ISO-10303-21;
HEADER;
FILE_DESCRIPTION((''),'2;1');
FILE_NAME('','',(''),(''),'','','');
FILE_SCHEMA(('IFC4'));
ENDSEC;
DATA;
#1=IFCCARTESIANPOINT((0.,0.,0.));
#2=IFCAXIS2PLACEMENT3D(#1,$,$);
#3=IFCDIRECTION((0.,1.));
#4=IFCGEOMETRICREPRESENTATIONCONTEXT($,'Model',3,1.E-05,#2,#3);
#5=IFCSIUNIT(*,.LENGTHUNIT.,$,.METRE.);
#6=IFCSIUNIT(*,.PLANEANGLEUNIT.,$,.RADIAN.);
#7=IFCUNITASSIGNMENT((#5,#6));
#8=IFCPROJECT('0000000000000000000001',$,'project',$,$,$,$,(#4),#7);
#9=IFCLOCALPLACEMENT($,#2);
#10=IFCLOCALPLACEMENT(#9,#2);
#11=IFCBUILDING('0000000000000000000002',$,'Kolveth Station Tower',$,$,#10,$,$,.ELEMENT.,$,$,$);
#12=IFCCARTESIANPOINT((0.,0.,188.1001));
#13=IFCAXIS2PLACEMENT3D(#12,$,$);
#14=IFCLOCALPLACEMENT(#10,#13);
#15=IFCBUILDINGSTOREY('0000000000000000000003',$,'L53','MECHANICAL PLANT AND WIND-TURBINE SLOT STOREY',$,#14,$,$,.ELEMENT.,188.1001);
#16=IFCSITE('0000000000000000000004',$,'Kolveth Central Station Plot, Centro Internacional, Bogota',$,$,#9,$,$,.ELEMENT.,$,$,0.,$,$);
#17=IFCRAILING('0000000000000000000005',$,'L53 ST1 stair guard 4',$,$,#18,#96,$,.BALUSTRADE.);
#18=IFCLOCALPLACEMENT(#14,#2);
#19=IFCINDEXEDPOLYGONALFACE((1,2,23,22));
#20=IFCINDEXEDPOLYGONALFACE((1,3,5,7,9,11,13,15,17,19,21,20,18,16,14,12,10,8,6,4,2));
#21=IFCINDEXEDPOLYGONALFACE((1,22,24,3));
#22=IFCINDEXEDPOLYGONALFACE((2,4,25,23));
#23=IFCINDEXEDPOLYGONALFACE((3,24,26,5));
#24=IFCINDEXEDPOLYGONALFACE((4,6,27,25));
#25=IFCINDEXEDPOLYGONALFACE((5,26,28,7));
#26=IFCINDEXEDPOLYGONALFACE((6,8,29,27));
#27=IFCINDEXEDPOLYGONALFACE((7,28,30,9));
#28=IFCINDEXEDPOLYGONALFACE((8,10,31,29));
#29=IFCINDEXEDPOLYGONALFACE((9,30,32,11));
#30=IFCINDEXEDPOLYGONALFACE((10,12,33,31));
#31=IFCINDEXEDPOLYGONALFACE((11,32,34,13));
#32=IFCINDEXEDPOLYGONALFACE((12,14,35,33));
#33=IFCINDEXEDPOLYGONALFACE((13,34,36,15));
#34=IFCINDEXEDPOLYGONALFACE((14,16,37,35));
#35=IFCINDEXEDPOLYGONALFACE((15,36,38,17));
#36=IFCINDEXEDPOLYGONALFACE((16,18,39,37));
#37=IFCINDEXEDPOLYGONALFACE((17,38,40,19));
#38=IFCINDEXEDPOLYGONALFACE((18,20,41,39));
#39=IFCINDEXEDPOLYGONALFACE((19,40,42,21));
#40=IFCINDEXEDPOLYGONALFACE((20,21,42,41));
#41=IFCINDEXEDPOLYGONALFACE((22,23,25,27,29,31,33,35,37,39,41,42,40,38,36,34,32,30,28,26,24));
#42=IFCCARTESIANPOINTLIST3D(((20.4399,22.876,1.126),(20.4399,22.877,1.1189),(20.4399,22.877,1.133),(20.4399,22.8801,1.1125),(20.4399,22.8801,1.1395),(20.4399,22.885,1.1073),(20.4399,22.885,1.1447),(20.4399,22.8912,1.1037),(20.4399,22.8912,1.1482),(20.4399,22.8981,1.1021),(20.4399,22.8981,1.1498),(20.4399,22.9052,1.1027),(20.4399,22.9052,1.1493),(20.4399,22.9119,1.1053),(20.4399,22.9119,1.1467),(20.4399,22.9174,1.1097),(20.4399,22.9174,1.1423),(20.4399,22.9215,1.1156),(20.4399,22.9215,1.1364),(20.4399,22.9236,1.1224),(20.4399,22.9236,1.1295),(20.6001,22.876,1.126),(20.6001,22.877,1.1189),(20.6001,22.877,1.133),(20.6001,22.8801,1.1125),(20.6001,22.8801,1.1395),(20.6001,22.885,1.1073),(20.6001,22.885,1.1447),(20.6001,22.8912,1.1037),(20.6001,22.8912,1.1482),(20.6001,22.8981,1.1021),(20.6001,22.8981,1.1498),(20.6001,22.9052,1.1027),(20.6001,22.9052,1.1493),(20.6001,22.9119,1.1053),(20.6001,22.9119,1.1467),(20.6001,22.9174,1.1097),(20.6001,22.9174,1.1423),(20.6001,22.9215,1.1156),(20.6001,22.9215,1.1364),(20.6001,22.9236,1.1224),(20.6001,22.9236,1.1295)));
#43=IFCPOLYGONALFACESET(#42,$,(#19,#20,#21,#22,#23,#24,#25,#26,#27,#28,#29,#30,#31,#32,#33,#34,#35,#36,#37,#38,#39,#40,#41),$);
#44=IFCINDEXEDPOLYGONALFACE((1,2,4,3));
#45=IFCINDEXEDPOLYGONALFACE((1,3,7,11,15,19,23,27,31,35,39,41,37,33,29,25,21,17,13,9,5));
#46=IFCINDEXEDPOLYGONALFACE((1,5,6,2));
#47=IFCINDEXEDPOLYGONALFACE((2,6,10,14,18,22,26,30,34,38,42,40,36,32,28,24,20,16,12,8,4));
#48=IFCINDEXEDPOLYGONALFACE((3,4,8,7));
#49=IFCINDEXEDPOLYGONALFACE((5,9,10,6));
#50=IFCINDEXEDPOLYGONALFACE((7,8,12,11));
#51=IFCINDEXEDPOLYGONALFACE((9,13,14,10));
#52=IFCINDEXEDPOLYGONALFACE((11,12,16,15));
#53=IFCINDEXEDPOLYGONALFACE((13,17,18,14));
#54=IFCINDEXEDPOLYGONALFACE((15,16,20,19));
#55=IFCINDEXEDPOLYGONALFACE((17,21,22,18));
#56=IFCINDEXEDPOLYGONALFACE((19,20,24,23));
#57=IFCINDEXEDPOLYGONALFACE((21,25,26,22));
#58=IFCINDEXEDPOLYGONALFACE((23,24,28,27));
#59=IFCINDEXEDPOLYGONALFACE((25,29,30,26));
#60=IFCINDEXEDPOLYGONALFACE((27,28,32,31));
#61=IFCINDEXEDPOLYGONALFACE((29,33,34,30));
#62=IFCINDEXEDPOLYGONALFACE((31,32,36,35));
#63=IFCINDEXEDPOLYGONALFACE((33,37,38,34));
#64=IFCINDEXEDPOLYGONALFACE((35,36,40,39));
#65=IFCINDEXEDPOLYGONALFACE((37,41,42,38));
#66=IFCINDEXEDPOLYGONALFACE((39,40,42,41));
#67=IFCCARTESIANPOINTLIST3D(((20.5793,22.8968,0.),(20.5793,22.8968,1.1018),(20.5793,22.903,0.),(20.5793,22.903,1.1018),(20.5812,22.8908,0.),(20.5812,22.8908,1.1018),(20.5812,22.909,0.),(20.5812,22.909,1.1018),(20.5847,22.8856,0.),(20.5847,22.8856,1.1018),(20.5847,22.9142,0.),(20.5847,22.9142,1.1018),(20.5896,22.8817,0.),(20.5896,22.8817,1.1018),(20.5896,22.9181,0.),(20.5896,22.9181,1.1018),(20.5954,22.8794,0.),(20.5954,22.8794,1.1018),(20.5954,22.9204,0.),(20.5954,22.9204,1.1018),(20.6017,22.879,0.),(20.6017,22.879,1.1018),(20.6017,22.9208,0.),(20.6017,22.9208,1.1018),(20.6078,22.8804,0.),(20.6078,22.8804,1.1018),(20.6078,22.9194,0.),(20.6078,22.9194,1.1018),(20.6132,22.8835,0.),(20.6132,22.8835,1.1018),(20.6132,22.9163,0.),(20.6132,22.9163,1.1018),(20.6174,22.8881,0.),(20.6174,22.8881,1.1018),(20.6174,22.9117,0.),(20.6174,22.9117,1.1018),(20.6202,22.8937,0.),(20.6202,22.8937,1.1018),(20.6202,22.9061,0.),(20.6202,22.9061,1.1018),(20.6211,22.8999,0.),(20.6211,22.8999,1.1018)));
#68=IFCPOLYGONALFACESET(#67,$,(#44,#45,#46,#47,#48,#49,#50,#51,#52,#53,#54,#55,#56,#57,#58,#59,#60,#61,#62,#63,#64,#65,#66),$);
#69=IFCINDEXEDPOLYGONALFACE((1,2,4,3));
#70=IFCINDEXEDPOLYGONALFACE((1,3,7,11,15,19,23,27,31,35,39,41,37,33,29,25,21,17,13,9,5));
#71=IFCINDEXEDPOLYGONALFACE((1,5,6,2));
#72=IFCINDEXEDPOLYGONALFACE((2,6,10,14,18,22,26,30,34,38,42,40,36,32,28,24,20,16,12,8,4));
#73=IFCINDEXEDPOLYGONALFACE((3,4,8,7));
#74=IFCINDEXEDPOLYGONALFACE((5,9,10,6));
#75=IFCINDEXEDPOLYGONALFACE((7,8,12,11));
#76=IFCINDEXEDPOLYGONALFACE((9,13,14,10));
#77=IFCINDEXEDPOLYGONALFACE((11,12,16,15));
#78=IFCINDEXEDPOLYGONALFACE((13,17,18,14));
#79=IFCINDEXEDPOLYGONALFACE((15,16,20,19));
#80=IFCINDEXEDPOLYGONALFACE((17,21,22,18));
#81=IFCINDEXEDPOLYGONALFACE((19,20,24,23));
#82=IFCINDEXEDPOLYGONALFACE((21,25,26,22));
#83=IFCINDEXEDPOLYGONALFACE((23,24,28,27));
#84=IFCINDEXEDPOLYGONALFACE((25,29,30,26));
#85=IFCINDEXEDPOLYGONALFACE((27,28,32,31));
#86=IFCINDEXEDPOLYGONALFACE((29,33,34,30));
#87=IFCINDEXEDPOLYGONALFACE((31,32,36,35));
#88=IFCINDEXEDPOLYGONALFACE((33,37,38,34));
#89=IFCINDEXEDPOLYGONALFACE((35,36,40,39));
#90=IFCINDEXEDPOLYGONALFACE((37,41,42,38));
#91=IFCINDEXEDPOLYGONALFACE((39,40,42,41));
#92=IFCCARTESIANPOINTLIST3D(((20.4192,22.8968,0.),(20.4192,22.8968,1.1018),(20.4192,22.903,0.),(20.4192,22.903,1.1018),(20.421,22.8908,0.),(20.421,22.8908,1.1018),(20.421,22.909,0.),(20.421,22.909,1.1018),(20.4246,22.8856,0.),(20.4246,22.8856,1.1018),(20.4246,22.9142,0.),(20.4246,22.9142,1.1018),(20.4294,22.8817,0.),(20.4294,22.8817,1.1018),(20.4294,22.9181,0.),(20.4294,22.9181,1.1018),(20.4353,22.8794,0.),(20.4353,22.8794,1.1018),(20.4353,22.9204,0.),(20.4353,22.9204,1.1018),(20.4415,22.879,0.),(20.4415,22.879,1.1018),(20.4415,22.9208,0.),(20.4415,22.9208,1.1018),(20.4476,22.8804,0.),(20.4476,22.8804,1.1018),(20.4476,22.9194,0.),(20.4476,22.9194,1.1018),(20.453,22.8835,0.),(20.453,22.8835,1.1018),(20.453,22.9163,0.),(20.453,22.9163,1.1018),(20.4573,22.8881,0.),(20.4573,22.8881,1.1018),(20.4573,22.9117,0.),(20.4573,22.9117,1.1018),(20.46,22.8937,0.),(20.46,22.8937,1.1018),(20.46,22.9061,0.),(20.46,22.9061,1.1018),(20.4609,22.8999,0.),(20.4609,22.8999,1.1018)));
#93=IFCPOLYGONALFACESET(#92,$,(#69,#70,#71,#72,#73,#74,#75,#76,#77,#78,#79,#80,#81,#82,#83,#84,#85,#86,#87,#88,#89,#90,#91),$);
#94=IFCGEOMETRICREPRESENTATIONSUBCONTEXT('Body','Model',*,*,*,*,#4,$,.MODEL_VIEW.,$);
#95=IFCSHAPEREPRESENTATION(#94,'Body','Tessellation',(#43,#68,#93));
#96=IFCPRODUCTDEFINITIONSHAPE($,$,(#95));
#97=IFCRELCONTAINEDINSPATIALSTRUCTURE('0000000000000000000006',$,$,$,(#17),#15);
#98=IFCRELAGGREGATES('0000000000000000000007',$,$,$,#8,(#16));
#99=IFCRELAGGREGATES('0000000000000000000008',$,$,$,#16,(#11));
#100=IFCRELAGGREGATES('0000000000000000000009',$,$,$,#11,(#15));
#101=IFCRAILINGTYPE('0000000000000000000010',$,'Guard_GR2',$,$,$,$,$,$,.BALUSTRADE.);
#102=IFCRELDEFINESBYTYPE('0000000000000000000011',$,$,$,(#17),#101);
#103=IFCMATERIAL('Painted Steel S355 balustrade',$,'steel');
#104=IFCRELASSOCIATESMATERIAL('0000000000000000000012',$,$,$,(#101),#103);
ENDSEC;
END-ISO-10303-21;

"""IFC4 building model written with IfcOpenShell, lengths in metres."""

from ifc_helpers import new_model, si_unit, direction, frame, origin, origin_2d, place, context, subcontext, project, spatial, circle, extrude, material, type_object, element, save


model = new_model("IFC4")

# Units and contexts
model_context = context("Model", 3, precision=1e-05, world=origin(), true_north=direction((0.0, 1.0)))
body_context = subcontext(model_context, "Body", "Model", "MODEL_VIEW")
ifc_project = project(units=[si_unit("LENGTHUNIT", "METRE"), si_unit("PLANEANGLEUNIT", "RADIAN")], contexts=[model_context])

# Site, building, storey
site_placement = place(None, origin())
site = spatial("IfcSite", under=ifc_project, at=site_placement, Name="Kolveth Central Station Plot, Centro Internacional, Bogota", CompositionType="ELEMENT", RefElevation=0.0)
building_placement = place(site_placement, origin())
building = spatial("IfcBuilding", under=site, at=building_placement, Name="Kolveth Station Tower", CompositionType="ELEMENT")
storey_placement = place(building_placement, frame((0.0, 0.0, 188.1001)))
storey = spatial("IfcBuildingStorey", under=building, at=storey_placement, Name="L53", Description="MECHANICAL PLANT AND WIND-TURBINE SLOT STOREY", CompositionType="ELEMENT", Elevation=188.1001)

# Railing
ifc_material_1 = material(Name="Painted Steel S355 balustrade", Category="steel")
railing_type_1 = type_object("IfcRailingType", Name="Guard_GR2", PredefinedType="BALUSTRADE", material=ifc_material_1)
railing_1_placement = place(storey_placement, frame((20.6001, 22.8999, 0.0)))
element("IfcRailing", 1, at=railing_1_placement, inside=storey, type_object=railing_type_1, Name="L53 ST1 stair guard 4", PredefinedType="BALUSTRADE", context=body_context, shape_type="SweptSolid", body=[
    extrude(circle(Radius=0.0239, at=origin_2d()), frame((0.0, 0.0, 1.126), z_axis=(-1.0, 0.0, 0.0), x_axis=(0.0, -1.0, 0.0)), (0.0, 0.0, 1.0), 0.1602),
    extrude(circle(Radius=0.021, at=origin_2d()), origin(), (0.0, 0.0, 1.0), 1.1018),
    extrude(circle(Radius=0.021, at=origin_2d()), frame((-0.1602, 0.0, 0.0)), (0.0, 0.0, 1.0), 1.1018),
])

save(model, "model.ifc")
